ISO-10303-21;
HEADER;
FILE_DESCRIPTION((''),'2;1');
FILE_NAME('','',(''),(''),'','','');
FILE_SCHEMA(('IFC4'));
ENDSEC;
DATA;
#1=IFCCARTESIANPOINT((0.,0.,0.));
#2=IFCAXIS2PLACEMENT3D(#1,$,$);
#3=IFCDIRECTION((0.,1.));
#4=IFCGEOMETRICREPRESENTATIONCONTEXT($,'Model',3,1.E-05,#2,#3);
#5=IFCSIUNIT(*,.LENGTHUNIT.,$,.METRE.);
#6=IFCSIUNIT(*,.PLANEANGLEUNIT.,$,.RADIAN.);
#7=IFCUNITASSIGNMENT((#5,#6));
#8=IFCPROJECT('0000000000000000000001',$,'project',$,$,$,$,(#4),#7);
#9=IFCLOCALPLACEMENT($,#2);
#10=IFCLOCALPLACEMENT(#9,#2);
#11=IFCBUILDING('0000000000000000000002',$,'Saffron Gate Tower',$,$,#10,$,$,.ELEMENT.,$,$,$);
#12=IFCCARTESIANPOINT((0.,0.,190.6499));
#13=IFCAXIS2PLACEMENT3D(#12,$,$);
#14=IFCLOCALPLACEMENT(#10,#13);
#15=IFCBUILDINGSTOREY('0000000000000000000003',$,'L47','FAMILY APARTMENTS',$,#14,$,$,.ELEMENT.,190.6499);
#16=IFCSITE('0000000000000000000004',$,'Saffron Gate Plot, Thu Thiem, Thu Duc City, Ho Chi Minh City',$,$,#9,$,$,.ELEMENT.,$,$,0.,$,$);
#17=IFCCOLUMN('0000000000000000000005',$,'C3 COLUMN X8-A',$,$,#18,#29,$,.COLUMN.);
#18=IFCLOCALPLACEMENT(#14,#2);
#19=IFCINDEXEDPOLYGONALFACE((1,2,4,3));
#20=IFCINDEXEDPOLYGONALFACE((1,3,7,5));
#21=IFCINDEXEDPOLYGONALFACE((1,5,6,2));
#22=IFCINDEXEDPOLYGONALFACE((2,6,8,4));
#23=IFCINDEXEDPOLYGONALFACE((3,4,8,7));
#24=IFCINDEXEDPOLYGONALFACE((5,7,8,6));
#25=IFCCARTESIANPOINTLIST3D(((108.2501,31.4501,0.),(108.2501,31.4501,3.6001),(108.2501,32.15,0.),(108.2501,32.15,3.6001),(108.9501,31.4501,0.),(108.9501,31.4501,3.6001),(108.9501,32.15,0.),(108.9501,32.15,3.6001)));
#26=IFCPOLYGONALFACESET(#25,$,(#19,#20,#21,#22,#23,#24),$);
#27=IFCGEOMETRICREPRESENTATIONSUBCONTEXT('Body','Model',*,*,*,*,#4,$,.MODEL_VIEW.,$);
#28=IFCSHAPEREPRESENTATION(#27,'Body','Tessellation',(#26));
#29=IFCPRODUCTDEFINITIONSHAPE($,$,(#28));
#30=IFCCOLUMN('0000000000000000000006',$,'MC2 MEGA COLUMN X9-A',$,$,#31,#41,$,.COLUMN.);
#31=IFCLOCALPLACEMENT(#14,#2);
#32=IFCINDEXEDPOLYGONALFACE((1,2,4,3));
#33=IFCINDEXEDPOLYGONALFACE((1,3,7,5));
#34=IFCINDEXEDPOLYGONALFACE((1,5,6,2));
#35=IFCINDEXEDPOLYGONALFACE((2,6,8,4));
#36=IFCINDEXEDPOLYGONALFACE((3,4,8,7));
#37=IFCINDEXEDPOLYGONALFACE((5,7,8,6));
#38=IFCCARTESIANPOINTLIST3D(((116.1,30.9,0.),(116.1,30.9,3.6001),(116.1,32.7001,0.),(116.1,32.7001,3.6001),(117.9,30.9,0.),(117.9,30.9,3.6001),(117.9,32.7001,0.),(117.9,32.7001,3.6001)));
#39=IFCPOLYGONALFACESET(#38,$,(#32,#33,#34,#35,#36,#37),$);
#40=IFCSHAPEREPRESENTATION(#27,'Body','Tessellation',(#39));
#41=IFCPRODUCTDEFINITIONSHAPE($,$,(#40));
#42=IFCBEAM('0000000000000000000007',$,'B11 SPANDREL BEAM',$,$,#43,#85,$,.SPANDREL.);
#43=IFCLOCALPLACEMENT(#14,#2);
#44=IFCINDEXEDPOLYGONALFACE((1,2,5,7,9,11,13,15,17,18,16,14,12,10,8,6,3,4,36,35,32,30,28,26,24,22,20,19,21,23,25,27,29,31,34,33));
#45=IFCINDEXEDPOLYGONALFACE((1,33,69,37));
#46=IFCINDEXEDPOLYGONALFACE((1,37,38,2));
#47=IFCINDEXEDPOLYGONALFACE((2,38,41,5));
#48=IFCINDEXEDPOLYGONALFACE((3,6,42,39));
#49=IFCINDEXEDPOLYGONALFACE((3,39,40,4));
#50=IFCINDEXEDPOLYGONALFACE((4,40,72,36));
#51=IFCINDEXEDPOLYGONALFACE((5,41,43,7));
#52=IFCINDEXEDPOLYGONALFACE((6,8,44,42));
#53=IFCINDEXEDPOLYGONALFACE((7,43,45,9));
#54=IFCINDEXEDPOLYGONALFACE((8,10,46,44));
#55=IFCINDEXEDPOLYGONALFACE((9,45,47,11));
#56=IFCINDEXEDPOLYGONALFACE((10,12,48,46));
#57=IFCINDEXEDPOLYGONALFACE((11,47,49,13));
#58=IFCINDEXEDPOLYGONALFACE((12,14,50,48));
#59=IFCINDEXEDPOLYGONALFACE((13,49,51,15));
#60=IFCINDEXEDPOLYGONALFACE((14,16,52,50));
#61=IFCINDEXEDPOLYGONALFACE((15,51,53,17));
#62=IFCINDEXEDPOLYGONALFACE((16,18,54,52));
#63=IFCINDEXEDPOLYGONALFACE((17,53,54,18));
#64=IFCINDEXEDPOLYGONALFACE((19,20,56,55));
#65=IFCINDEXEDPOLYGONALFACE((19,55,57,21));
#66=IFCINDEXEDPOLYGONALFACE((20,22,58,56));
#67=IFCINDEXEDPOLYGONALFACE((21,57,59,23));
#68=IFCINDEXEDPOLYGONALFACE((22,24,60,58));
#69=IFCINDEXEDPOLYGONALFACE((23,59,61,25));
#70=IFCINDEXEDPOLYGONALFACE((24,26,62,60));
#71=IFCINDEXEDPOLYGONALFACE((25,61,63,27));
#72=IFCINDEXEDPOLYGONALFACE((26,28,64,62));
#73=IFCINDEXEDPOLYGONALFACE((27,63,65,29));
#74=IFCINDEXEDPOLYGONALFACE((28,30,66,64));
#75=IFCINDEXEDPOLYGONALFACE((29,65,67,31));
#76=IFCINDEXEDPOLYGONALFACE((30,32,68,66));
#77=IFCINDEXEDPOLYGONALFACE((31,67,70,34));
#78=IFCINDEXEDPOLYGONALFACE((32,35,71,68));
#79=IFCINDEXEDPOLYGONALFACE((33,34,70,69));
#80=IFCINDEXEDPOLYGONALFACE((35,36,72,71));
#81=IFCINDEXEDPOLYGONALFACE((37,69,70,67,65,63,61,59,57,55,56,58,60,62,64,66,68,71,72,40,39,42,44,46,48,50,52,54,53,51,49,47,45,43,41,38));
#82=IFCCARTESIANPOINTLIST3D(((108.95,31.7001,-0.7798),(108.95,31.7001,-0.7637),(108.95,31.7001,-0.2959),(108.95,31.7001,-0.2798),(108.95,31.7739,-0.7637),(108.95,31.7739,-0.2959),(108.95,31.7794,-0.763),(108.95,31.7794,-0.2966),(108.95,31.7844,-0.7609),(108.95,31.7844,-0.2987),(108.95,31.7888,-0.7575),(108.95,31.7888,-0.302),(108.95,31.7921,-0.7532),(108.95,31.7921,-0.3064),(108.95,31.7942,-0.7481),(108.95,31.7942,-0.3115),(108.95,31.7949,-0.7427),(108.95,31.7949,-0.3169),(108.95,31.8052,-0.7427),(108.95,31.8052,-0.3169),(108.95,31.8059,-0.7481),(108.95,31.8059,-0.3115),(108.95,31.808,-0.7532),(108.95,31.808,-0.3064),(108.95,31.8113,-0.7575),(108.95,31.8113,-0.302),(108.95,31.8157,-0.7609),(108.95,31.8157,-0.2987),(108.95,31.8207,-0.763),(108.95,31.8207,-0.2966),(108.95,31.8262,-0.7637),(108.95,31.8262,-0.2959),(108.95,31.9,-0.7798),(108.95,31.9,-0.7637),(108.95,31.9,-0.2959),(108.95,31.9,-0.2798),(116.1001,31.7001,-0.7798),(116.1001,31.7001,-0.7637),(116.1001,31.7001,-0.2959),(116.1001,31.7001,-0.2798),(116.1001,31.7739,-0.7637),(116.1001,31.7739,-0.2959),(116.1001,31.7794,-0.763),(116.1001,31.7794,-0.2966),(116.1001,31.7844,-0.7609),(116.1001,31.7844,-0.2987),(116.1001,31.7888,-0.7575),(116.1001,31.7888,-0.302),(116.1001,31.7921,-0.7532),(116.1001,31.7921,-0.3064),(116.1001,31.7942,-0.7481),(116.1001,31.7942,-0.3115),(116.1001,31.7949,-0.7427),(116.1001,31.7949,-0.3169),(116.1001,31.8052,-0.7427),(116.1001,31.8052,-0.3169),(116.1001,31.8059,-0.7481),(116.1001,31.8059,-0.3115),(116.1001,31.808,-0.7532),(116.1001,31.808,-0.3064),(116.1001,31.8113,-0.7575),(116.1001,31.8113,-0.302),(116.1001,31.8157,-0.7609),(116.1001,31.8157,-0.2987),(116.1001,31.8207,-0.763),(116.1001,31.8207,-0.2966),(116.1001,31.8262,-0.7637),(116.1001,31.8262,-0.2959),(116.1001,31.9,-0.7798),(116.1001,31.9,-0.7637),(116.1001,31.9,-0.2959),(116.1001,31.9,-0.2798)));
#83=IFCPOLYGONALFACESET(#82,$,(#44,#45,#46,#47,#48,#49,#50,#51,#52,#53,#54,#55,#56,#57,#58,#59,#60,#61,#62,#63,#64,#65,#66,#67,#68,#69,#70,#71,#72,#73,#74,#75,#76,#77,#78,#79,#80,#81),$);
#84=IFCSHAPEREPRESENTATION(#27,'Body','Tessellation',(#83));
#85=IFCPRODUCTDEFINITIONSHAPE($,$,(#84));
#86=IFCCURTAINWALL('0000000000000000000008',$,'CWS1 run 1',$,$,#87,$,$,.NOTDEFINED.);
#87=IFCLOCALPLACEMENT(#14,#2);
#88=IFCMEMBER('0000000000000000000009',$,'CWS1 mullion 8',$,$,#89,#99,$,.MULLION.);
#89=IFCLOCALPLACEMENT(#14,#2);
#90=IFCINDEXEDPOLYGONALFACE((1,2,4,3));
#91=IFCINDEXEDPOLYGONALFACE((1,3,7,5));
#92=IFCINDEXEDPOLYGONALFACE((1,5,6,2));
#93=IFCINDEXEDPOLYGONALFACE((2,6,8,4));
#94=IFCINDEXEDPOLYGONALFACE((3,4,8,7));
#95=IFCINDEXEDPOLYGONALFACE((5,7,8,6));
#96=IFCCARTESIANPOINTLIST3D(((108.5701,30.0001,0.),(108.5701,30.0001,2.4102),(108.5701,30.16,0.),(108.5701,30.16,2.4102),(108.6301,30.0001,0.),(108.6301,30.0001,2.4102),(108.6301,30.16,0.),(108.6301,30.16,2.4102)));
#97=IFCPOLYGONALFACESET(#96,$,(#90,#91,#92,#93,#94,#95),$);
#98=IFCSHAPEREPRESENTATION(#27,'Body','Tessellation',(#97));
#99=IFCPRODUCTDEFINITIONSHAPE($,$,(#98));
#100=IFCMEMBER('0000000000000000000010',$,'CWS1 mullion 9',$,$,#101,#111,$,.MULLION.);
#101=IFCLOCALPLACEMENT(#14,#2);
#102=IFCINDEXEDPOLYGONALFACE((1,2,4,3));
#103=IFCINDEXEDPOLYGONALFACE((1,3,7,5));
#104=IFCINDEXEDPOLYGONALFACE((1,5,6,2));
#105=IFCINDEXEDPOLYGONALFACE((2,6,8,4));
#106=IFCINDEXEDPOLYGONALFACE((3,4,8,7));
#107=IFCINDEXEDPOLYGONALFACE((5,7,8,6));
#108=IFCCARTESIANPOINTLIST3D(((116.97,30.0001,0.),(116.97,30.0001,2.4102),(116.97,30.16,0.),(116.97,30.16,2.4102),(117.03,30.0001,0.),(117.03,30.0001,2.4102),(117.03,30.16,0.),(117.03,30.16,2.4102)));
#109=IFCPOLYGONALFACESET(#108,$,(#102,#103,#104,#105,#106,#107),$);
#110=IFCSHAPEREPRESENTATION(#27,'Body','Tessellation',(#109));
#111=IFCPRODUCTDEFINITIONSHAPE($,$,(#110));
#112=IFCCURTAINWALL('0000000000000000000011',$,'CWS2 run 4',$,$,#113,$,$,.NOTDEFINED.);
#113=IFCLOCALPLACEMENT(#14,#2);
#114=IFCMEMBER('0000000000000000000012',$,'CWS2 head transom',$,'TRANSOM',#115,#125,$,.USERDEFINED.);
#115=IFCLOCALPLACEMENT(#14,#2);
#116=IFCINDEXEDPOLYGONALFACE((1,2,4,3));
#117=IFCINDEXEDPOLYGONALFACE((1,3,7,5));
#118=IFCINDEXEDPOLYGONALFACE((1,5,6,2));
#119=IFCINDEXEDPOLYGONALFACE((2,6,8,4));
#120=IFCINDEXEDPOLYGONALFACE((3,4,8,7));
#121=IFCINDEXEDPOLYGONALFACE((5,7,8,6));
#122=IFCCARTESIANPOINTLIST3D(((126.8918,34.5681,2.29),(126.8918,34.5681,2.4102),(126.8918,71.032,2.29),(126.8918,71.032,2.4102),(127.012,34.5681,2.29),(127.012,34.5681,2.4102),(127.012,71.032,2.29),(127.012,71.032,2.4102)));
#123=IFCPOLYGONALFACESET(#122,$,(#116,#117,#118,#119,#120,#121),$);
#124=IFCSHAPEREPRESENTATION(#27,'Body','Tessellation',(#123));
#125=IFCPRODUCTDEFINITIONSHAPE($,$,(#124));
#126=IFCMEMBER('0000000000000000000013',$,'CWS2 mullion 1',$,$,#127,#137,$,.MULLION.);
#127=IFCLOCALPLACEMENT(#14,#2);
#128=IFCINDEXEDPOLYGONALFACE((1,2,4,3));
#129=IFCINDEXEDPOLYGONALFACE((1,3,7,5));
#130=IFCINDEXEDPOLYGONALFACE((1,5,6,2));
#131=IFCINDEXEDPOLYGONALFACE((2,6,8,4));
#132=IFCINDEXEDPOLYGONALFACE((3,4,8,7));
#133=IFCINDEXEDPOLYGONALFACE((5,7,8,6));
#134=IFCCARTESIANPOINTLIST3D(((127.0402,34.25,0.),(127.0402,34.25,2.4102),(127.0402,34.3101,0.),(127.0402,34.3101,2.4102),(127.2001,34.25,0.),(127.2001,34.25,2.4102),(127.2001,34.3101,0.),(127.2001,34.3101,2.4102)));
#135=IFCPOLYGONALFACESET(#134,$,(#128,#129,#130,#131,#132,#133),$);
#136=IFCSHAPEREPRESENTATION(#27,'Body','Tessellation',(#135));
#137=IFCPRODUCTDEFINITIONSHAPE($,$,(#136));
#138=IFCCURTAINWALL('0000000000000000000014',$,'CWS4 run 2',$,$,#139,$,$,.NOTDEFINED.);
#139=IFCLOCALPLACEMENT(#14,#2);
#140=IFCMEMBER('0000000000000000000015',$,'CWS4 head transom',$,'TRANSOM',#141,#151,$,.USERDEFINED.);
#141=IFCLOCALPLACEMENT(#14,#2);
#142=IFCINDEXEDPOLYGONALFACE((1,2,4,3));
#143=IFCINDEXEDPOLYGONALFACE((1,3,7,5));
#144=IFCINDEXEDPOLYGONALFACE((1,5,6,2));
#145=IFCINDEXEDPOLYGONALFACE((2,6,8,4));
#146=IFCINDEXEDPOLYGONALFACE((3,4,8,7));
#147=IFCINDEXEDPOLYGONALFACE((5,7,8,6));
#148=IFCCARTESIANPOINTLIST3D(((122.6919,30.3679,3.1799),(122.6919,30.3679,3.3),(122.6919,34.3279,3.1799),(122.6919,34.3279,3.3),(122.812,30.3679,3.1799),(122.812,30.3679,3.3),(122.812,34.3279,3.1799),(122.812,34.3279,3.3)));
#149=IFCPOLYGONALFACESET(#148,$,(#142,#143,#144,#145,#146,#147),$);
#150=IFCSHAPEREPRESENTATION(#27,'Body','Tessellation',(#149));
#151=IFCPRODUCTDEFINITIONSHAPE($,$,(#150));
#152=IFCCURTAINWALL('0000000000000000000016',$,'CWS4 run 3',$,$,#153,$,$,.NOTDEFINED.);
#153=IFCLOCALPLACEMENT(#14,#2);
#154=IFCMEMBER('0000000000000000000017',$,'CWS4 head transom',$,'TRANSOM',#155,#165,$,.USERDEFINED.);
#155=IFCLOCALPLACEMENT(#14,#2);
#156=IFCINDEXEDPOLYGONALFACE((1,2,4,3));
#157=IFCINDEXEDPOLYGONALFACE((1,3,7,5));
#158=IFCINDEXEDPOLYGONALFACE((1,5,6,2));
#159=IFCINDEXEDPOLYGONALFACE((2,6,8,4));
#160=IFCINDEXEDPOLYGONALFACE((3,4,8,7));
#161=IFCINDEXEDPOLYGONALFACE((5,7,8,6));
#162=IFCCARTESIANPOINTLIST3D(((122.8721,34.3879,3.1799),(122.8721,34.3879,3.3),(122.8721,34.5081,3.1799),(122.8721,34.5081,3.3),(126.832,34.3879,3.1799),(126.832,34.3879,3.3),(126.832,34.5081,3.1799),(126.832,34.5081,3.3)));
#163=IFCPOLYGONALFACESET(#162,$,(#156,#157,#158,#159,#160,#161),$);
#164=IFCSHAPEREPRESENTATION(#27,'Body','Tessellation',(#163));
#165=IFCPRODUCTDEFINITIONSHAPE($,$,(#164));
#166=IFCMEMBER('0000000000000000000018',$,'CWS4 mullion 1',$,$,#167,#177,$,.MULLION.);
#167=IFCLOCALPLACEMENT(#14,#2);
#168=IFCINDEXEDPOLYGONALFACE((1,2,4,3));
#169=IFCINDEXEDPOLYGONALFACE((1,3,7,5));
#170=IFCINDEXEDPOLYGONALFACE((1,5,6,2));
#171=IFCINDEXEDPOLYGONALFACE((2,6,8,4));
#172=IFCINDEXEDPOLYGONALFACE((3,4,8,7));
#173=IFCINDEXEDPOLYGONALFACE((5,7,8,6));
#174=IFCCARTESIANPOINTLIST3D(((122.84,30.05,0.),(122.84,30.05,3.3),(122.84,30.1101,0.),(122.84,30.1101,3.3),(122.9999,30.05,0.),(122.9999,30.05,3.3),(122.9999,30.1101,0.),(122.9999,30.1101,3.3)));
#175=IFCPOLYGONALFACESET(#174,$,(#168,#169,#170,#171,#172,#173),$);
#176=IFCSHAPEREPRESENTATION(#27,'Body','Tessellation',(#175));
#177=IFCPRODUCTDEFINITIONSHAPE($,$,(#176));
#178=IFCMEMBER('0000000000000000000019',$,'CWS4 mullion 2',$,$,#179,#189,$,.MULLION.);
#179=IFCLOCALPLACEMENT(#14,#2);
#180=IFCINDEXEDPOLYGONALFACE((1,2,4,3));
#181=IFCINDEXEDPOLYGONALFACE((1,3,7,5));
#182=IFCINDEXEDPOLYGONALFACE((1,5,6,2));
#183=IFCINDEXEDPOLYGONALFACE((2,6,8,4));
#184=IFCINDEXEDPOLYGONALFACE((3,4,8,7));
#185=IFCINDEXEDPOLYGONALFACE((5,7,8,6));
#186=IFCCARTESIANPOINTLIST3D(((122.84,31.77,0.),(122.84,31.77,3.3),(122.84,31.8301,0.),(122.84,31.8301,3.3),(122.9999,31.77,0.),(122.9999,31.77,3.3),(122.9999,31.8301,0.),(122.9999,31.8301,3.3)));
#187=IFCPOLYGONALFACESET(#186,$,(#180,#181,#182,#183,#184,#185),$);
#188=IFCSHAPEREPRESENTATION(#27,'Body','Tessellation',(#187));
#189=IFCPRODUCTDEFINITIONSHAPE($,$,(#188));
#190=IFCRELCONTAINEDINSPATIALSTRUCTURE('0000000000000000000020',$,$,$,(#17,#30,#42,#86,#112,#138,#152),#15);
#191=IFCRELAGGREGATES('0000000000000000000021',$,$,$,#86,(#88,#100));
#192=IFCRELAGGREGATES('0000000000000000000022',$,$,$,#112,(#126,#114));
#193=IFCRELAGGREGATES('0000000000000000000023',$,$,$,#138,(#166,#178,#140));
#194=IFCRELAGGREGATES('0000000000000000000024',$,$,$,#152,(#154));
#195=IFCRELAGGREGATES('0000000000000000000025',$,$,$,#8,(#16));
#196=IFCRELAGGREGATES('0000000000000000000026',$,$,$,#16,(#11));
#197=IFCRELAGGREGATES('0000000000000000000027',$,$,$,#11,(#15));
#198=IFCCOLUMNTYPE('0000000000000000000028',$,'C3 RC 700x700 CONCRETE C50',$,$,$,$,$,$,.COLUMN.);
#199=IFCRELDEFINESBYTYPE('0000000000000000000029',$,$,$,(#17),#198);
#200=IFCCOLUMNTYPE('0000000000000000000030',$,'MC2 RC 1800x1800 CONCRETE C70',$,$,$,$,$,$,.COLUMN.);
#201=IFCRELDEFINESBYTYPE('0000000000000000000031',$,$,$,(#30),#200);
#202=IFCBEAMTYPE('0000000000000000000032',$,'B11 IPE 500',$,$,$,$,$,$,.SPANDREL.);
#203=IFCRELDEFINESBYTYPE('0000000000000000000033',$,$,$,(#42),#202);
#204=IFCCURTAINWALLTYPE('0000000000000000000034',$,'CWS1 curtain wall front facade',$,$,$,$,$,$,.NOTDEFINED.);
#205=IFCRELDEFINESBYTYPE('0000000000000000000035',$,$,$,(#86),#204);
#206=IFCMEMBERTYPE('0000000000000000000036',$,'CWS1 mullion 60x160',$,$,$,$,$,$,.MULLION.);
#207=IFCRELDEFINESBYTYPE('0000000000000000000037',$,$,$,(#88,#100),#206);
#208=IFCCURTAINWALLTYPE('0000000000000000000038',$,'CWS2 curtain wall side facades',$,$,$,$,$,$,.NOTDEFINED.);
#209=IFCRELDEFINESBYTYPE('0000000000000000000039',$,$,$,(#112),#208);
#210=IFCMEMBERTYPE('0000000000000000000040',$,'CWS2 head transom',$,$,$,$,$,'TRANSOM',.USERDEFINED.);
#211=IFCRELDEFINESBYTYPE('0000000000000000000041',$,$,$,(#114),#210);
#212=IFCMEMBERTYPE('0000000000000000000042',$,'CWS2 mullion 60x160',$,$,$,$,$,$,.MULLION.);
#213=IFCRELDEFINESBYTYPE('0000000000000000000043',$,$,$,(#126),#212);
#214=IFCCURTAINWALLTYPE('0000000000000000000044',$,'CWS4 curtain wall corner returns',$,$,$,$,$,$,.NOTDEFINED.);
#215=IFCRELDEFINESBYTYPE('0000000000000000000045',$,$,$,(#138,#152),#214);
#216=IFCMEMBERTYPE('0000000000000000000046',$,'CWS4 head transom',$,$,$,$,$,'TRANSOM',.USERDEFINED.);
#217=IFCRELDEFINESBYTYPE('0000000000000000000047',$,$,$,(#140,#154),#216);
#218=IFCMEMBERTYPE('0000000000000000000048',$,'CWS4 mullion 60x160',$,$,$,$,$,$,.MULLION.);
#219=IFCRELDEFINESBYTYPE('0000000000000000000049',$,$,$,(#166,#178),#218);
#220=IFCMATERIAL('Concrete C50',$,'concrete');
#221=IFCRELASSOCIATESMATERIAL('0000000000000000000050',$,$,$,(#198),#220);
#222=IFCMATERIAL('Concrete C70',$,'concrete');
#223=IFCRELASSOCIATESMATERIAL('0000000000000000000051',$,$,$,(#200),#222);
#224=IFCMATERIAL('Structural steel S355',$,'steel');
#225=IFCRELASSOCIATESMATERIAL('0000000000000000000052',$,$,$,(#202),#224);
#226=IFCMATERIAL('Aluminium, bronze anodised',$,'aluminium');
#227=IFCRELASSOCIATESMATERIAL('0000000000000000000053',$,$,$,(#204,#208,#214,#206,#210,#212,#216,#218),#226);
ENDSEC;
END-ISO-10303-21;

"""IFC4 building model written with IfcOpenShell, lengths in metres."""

from ifc_helpers import new_model, si_unit, direction, frame, origin, origin_2d, place, context, subcontext, project, spatial, rectangle, i_section, extrude, material, material_profile, profile_set, type_object, element, aggregate, save


model = new_model("IFC4")

# Units and contexts
model_context = context("Model", 3, precision=1e-05, world=origin(), true_north=direction((0.0, 1.0)))
body_context = subcontext(model_context, "Body", "Model", "MODEL_VIEW")
ifc_project = project(units=[si_unit("LENGTHUNIT", "METRE"), si_unit("PLANEANGLEUNIT", "RADIAN")], contexts=[model_context])

# Site, building, storey
site_placement = place(None, origin())
site = spatial("IfcSite", under=ifc_project, at=site_placement, Name="Saffron Gate Plot, Thu Thiem, Thu Duc City, Ho Chi Minh City", CompositionType="ELEMENT", RefElevation=0.0)
building_placement = place(site_placement, origin())
building = spatial("IfcBuilding", under=site, at=building_placement, Name="Saffron Gate Tower", CompositionType="ELEMENT")
storey_placement = place(building_placement, frame((0.0, 0.0, 190.6499)))
storey = spatial("IfcBuildingStorey", under=building, at=storey_placement, Name="L47", Description="FAMILY APARTMENTS", CompositionType="ELEMENT", Elevation=190.6499)

# Columns
ifc_material_1 = material(Name="Concrete C50", Category="concrete")
ifc_material_profile_1 = material_profile(ifc_material_1, rectangle(XDim=0.7, YDim=0.7, at=origin_2d()))
ifc_profile_set_1 = profile_set([ifc_material_profile_1], Name="Concrete C50")
column_type_1 = type_object("IfcColumnType", Name="C3 RC 700x700 CONCRETE C50", PredefinedType="COLUMN", material=ifc_profile_set_1)
column_1_placement = place(storey_placement, frame((108.6001, 31.8, 0.0), z_axis=(0.0, 0.0, 1.0), x_axis=(1.0, 0.0, 0.0)))
element("IfcColumn", 1, at=column_1_placement, inside=storey, type_object=column_type_1, Name="C3 COLUMN X8-A", PredefinedType="COLUMN", context=body_context, shape_type="SweptSolid", body=[
    extrude(rectangle(XDim=0.7, YDim=0.7, at=origin_2d()), origin(), (0.0, 0.0, 1.0), 3.6001),
])
ifc_material_2 = material(Name="Concrete C70", Category="concrete")
ifc_material_profile_2 = material_profile(ifc_material_2, rectangle(XDim=1.8, YDim=1.8, at=origin_2d()))
ifc_profile_set_2 = profile_set([ifc_material_profile_2], Name="Concrete C70")
column_type_2 = type_object("IfcColumnType", Name="MC2 RC 1800x1800 CONCRETE C70", PredefinedType="COLUMN", material=ifc_profile_set_2)
column_2_placement = place(storey_placement, frame((117.0, 31.8, 0.0), z_axis=(0.0, 0.0, 1.0), x_axis=(1.0, 0.0, 0.0)))
element("IfcColumn", 2, at=column_2_placement, inside=storey, type_object=column_type_2, Name="MC2 MEGA COLUMN X9-A", PredefinedType="COLUMN", context=body_context, shape_type="SweptSolid", body=[
    extrude(rectangle(XDim=1.8, YDim=1.8, at=origin_2d()), origin(), (0.0, 0.0, 1.0), 3.6001),
])

# Beam
ifc_material_3 = material(Name="Structural steel S355", Category="steel")
ifc_material_profile_3 = material_profile(ifc_material_3, i_section(OverallWidth=0.2, OverallDepth=0.5, WebThickness=0.0103, FlangeThickness=0.0161, FilletRadius=0.021, at=origin_2d()))
ifc_profile_set_3 = profile_set([ifc_material_profile_3], Name="Structural steel S355")
beam_type = type_object("IfcBeamType", Name="B11 IPE 500", PredefinedType="SPANDREL", material=ifc_profile_set_3)
beam_placement = place(storey_placement, frame((108.95, 31.8, -0.5298), z_axis=(1.0, 0.0, 0.0), x_axis=(0.0, 1.0, 0.0)))
element("IfcBeam", 3, at=beam_placement, inside=storey, type_object=beam_type, Name="B11 SPANDREL BEAM", PredefinedType="SPANDREL", context=body_context, shape_type="SweptSolid", body=[
    extrude(i_section(OverallWidth=0.2, OverallDepth=0.5, WebThickness=0.0103, FlangeThickness=0.0161, FilletRadius=0.021, at=origin_2d()), origin(), (0.0, 0.0, 1.0), 7.1501),
])

# Curtain walls, members
ifc_material_4 = material(Name="Aluminium, bronze anodised", Category="aluminium")
curtain_wall_type_1 = type_object("IfcCurtainWallType", Name="CWS1 curtain wall front facade", PredefinedType="NOTDEFINED", material=ifc_material_4)
curtain_wall_1_placement = place(storey_placement, origin())
curtain_wall_1 = element("IfcCurtainWall", 4, at=curtain_wall_1_placement, inside=storey, type_object=curtain_wall_type_1, Name="CWS1 run 1", PredefinedType="NOTDEFINED")
ifc_material_profile_4 = material_profile(ifc_material_4, rectangle(XDim=0.1599, YDim=0.0601, at=origin_2d()))
ifc_profile_set_4 = profile_set([ifc_material_profile_4], Name="Aluminium, bronze anodised")
member_type_1 = type_object("IfcMemberType", Name="CWS1 mullion 60x160", PredefinedType="MULLION", material=ifc_profile_set_4)
member_1_placement = place(storey_placement, frame((108.6001, 30.0801, 0.0), z_axis=(0.0, 0.0, 1.0), x_axis=(0.0, 1.0, 0.0)))
member_1 = element("IfcMember", 5, at=member_1_placement, type_object=member_type_1, Name="CWS1 mullion 8", PredefinedType="MULLION", context=body_context, shape_type="SweptSolid", body=[
    extrude(rectangle(XDim=0.1599, YDim=0.0601, at=origin_2d()), origin(), (0.0, 0.0, 1.0), 2.4102),
])
member_2_placement = place(storey_placement, frame((117.0, 30.0801, 0.0), z_axis=(0.0, 0.0, 1.0), x_axis=(0.0, 1.0, 0.0)))
member_2 = element("IfcMember", 6, at=member_2_placement, type_object=member_type_1, Name="CWS1 mullion 9", PredefinedType="MULLION", context=body_context, shape_type="SweptSolid", body=[
    extrude(rectangle(XDim=0.1599, YDim=0.0601, at=origin_2d()), origin(), (0.0, 0.0, 1.0), 2.4102),
])
aggregate(curtain_wall_1, [member_1, member_2])
curtain_wall_type_2 = type_object("IfcCurtainWallType", Name="CWS2 curtain wall side facades", PredefinedType="NOTDEFINED", material=ifc_material_4)
curtain_wall_2_placement = place(storey_placement, origin())
curtain_wall_2 = element("IfcCurtainWall", 7, at=curtain_wall_2_placement, inside=storey, type_object=curtain_wall_type_2, Name="CWS2 run 4", PredefinedType="NOTDEFINED")
ifc_material_profile_5 = material_profile(ifc_material_4, rectangle(XDim=0.1201, YDim=0.1201, at=origin_2d()))
ifc_profile_set_5 = profile_set([ifc_material_profile_5], Name="Aluminium, bronze anodised")
member_type_2 = type_object("IfcMemberType", Name="CWS2 head transom", ElementType="TRANSOM", PredefinedType="USERDEFINED", material=ifc_profile_set_5)
member_3_placement = place(storey_placement, frame((126.9519, 34.5681, 2.3501), z_axis=(0.0, 1.0, 0.0), x_axis=(-1.0, 0.0, 0.0)))
member_3 = element("IfcMember", 8, at=member_3_placement, type_object=member_type_2, Name="CWS2 head transom", ObjectType="TRANSOM", PredefinedType="USERDEFINED", context=body_context, shape_type="SweptSolid", body=[
    extrude(rectangle(XDim=0.1201, YDim=0.1201, at=origin_2d()), origin(), (0.0, 0.0, 1.0), 36.4639),
])
ifc_material_profile_6 = material_profile(ifc_material_4, rectangle(XDim=0.1599, YDim=0.0601, at=origin_2d()))
ifc_profile_set_6 = profile_set([ifc_material_profile_6], Name="Aluminium, bronze anodised")
member_type_3 = type_object("IfcMemberType", Name="CWS2 mullion 60x160", PredefinedType="MULLION", material=ifc_profile_set_6)
member_4_placement = place(storey_placement, frame((127.1201, 34.28, 0.0), z_axis=(0.0, 0.0, 1.0), x_axis=(-1.0, 0.0, 0.0)))
member_4 = element("IfcMember", 9, at=member_4_placement, type_object=member_type_3, Name="CWS2 mullion 1", PredefinedType="MULLION", context=body_context, shape_type="SweptSolid", body=[
    extrude(rectangle(XDim=0.1599, YDim=0.0601, at=origin_2d()), origin(), (0.0, 0.0, 1.0), 2.4102),
])

# Curtain walls, members
curtain_wall_type_3 = type_object("IfcCurtainWallType", Name="CWS4 curtain wall corner returns", PredefinedType="NOTDEFINED", material=ifc_material_4)
curtain_wall_3_placement = place(storey_placement, origin())
curtain_wall_3 = element("IfcCurtainWall", 10, at=curtain_wall_3_placement, inside=storey, type_object=curtain_wall_type_3, Name="CWS4 run 2", PredefinedType="NOTDEFINED")
ifc_material_profile_7 = material_profile(ifc_material_4, rectangle(XDim=0.1201, YDim=0.1201, at=origin_2d()))
ifc_profile_set_7 = profile_set([ifc_material_profile_7], Name="Aluminium, bronze anodised")
member_type_4 = type_object("IfcMemberType", Name="CWS4 head transom", ElementType="TRANSOM", PredefinedType="USERDEFINED", material=ifc_profile_set_7)
member_5_placement = place(storey_placement, frame((122.752, 30.3679, 3.24), z_axis=(0.0, 1.0, 0.0), x_axis=(-1.0, 0.0, 0.0)))
member_5 = element("IfcMember", 11, at=member_5_placement, type_object=member_type_4, Name="CWS4 head transom", ObjectType="TRANSOM", PredefinedType="USERDEFINED", context=body_context, shape_type="SweptSolid", body=[
    extrude(rectangle(XDim=0.1201, YDim=0.1201, at=origin_2d()), origin(), (0.0, 0.0, 1.0), 3.96),
])
curtain_wall_4_placement = place(storey_placement, origin())
curtain_wall_4 = element("IfcCurtainWall", 12, at=curtain_wall_4_placement, inside=storey, type_object=curtain_wall_type_3, Name="CWS4 run 3", PredefinedType="NOTDEFINED")
member_6_placement = place(storey_placement, frame((122.8721, 34.448, 3.24), z_axis=(1.0, 0.0, 0.0), x_axis=(0.0, 1.0, 0.0)))
member_6 = element("IfcMember", 13, at=member_6_placement, type_object=member_type_4, Name="CWS4 head transom", ObjectType="TRANSOM", PredefinedType="USERDEFINED", context=body_context, shape_type="SweptSolid", body=[
    extrude(rectangle(XDim=0.1201, YDim=0.1201, at=origin_2d()), origin(), (0.0, 0.0, 1.0), 3.96),
])

# Members
ifc_material_profile_8 = material_profile(ifc_material_4, rectangle(XDim=0.1599, YDim=0.0601, at=origin_2d()))
ifc_profile_set_8 = profile_set([ifc_material_profile_8], Name="Aluminium, bronze anodised")
member_type_5 = type_object("IfcMemberType", Name="CWS4 mullion 60x160", PredefinedType="MULLION", material=ifc_profile_set_8)
member_7_placement = place(storey_placement, frame((122.9199, 30.0801, 0.0), z_axis=(0.0, 0.0, 1.0), x_axis=(-1.0, 0.0, 0.0)))
member_7 = element("IfcMember", 14, at=member_7_placement, type_object=member_type_5, Name="CWS4 mullion 1", PredefinedType="MULLION", context=body_context, shape_type="SweptSolid", body=[
    extrude(rectangle(XDim=0.1599, YDim=0.0601, at=origin_2d()), origin(), (0.0, 0.0, 1.0), 3.3),
])
member_8_placement = place(storey_placement, frame((122.9199, 31.8, 0.0), z_axis=(0.0, 0.0, 1.0), x_axis=(-1.0, 0.0, 0.0)))
member_8 = element("IfcMember", 15, at=member_8_placement, type_object=member_type_5, Name="CWS4 mullion 2", PredefinedType="MULLION", context=body_context, shape_type="SweptSolid", body=[
    extrude(rectangle(XDim=0.1599, YDim=0.0601, at=origin_2d()), origin(), (0.0, 0.0, 1.0), 3.3),
])

aggregate(curtain_wall_2, [member_4, member_3])

aggregate(curtain_wall_3, [member_7, member_8, member_5])
aggregate(curtain_wall_4, [member_6])

save(model, "model.ifc")
